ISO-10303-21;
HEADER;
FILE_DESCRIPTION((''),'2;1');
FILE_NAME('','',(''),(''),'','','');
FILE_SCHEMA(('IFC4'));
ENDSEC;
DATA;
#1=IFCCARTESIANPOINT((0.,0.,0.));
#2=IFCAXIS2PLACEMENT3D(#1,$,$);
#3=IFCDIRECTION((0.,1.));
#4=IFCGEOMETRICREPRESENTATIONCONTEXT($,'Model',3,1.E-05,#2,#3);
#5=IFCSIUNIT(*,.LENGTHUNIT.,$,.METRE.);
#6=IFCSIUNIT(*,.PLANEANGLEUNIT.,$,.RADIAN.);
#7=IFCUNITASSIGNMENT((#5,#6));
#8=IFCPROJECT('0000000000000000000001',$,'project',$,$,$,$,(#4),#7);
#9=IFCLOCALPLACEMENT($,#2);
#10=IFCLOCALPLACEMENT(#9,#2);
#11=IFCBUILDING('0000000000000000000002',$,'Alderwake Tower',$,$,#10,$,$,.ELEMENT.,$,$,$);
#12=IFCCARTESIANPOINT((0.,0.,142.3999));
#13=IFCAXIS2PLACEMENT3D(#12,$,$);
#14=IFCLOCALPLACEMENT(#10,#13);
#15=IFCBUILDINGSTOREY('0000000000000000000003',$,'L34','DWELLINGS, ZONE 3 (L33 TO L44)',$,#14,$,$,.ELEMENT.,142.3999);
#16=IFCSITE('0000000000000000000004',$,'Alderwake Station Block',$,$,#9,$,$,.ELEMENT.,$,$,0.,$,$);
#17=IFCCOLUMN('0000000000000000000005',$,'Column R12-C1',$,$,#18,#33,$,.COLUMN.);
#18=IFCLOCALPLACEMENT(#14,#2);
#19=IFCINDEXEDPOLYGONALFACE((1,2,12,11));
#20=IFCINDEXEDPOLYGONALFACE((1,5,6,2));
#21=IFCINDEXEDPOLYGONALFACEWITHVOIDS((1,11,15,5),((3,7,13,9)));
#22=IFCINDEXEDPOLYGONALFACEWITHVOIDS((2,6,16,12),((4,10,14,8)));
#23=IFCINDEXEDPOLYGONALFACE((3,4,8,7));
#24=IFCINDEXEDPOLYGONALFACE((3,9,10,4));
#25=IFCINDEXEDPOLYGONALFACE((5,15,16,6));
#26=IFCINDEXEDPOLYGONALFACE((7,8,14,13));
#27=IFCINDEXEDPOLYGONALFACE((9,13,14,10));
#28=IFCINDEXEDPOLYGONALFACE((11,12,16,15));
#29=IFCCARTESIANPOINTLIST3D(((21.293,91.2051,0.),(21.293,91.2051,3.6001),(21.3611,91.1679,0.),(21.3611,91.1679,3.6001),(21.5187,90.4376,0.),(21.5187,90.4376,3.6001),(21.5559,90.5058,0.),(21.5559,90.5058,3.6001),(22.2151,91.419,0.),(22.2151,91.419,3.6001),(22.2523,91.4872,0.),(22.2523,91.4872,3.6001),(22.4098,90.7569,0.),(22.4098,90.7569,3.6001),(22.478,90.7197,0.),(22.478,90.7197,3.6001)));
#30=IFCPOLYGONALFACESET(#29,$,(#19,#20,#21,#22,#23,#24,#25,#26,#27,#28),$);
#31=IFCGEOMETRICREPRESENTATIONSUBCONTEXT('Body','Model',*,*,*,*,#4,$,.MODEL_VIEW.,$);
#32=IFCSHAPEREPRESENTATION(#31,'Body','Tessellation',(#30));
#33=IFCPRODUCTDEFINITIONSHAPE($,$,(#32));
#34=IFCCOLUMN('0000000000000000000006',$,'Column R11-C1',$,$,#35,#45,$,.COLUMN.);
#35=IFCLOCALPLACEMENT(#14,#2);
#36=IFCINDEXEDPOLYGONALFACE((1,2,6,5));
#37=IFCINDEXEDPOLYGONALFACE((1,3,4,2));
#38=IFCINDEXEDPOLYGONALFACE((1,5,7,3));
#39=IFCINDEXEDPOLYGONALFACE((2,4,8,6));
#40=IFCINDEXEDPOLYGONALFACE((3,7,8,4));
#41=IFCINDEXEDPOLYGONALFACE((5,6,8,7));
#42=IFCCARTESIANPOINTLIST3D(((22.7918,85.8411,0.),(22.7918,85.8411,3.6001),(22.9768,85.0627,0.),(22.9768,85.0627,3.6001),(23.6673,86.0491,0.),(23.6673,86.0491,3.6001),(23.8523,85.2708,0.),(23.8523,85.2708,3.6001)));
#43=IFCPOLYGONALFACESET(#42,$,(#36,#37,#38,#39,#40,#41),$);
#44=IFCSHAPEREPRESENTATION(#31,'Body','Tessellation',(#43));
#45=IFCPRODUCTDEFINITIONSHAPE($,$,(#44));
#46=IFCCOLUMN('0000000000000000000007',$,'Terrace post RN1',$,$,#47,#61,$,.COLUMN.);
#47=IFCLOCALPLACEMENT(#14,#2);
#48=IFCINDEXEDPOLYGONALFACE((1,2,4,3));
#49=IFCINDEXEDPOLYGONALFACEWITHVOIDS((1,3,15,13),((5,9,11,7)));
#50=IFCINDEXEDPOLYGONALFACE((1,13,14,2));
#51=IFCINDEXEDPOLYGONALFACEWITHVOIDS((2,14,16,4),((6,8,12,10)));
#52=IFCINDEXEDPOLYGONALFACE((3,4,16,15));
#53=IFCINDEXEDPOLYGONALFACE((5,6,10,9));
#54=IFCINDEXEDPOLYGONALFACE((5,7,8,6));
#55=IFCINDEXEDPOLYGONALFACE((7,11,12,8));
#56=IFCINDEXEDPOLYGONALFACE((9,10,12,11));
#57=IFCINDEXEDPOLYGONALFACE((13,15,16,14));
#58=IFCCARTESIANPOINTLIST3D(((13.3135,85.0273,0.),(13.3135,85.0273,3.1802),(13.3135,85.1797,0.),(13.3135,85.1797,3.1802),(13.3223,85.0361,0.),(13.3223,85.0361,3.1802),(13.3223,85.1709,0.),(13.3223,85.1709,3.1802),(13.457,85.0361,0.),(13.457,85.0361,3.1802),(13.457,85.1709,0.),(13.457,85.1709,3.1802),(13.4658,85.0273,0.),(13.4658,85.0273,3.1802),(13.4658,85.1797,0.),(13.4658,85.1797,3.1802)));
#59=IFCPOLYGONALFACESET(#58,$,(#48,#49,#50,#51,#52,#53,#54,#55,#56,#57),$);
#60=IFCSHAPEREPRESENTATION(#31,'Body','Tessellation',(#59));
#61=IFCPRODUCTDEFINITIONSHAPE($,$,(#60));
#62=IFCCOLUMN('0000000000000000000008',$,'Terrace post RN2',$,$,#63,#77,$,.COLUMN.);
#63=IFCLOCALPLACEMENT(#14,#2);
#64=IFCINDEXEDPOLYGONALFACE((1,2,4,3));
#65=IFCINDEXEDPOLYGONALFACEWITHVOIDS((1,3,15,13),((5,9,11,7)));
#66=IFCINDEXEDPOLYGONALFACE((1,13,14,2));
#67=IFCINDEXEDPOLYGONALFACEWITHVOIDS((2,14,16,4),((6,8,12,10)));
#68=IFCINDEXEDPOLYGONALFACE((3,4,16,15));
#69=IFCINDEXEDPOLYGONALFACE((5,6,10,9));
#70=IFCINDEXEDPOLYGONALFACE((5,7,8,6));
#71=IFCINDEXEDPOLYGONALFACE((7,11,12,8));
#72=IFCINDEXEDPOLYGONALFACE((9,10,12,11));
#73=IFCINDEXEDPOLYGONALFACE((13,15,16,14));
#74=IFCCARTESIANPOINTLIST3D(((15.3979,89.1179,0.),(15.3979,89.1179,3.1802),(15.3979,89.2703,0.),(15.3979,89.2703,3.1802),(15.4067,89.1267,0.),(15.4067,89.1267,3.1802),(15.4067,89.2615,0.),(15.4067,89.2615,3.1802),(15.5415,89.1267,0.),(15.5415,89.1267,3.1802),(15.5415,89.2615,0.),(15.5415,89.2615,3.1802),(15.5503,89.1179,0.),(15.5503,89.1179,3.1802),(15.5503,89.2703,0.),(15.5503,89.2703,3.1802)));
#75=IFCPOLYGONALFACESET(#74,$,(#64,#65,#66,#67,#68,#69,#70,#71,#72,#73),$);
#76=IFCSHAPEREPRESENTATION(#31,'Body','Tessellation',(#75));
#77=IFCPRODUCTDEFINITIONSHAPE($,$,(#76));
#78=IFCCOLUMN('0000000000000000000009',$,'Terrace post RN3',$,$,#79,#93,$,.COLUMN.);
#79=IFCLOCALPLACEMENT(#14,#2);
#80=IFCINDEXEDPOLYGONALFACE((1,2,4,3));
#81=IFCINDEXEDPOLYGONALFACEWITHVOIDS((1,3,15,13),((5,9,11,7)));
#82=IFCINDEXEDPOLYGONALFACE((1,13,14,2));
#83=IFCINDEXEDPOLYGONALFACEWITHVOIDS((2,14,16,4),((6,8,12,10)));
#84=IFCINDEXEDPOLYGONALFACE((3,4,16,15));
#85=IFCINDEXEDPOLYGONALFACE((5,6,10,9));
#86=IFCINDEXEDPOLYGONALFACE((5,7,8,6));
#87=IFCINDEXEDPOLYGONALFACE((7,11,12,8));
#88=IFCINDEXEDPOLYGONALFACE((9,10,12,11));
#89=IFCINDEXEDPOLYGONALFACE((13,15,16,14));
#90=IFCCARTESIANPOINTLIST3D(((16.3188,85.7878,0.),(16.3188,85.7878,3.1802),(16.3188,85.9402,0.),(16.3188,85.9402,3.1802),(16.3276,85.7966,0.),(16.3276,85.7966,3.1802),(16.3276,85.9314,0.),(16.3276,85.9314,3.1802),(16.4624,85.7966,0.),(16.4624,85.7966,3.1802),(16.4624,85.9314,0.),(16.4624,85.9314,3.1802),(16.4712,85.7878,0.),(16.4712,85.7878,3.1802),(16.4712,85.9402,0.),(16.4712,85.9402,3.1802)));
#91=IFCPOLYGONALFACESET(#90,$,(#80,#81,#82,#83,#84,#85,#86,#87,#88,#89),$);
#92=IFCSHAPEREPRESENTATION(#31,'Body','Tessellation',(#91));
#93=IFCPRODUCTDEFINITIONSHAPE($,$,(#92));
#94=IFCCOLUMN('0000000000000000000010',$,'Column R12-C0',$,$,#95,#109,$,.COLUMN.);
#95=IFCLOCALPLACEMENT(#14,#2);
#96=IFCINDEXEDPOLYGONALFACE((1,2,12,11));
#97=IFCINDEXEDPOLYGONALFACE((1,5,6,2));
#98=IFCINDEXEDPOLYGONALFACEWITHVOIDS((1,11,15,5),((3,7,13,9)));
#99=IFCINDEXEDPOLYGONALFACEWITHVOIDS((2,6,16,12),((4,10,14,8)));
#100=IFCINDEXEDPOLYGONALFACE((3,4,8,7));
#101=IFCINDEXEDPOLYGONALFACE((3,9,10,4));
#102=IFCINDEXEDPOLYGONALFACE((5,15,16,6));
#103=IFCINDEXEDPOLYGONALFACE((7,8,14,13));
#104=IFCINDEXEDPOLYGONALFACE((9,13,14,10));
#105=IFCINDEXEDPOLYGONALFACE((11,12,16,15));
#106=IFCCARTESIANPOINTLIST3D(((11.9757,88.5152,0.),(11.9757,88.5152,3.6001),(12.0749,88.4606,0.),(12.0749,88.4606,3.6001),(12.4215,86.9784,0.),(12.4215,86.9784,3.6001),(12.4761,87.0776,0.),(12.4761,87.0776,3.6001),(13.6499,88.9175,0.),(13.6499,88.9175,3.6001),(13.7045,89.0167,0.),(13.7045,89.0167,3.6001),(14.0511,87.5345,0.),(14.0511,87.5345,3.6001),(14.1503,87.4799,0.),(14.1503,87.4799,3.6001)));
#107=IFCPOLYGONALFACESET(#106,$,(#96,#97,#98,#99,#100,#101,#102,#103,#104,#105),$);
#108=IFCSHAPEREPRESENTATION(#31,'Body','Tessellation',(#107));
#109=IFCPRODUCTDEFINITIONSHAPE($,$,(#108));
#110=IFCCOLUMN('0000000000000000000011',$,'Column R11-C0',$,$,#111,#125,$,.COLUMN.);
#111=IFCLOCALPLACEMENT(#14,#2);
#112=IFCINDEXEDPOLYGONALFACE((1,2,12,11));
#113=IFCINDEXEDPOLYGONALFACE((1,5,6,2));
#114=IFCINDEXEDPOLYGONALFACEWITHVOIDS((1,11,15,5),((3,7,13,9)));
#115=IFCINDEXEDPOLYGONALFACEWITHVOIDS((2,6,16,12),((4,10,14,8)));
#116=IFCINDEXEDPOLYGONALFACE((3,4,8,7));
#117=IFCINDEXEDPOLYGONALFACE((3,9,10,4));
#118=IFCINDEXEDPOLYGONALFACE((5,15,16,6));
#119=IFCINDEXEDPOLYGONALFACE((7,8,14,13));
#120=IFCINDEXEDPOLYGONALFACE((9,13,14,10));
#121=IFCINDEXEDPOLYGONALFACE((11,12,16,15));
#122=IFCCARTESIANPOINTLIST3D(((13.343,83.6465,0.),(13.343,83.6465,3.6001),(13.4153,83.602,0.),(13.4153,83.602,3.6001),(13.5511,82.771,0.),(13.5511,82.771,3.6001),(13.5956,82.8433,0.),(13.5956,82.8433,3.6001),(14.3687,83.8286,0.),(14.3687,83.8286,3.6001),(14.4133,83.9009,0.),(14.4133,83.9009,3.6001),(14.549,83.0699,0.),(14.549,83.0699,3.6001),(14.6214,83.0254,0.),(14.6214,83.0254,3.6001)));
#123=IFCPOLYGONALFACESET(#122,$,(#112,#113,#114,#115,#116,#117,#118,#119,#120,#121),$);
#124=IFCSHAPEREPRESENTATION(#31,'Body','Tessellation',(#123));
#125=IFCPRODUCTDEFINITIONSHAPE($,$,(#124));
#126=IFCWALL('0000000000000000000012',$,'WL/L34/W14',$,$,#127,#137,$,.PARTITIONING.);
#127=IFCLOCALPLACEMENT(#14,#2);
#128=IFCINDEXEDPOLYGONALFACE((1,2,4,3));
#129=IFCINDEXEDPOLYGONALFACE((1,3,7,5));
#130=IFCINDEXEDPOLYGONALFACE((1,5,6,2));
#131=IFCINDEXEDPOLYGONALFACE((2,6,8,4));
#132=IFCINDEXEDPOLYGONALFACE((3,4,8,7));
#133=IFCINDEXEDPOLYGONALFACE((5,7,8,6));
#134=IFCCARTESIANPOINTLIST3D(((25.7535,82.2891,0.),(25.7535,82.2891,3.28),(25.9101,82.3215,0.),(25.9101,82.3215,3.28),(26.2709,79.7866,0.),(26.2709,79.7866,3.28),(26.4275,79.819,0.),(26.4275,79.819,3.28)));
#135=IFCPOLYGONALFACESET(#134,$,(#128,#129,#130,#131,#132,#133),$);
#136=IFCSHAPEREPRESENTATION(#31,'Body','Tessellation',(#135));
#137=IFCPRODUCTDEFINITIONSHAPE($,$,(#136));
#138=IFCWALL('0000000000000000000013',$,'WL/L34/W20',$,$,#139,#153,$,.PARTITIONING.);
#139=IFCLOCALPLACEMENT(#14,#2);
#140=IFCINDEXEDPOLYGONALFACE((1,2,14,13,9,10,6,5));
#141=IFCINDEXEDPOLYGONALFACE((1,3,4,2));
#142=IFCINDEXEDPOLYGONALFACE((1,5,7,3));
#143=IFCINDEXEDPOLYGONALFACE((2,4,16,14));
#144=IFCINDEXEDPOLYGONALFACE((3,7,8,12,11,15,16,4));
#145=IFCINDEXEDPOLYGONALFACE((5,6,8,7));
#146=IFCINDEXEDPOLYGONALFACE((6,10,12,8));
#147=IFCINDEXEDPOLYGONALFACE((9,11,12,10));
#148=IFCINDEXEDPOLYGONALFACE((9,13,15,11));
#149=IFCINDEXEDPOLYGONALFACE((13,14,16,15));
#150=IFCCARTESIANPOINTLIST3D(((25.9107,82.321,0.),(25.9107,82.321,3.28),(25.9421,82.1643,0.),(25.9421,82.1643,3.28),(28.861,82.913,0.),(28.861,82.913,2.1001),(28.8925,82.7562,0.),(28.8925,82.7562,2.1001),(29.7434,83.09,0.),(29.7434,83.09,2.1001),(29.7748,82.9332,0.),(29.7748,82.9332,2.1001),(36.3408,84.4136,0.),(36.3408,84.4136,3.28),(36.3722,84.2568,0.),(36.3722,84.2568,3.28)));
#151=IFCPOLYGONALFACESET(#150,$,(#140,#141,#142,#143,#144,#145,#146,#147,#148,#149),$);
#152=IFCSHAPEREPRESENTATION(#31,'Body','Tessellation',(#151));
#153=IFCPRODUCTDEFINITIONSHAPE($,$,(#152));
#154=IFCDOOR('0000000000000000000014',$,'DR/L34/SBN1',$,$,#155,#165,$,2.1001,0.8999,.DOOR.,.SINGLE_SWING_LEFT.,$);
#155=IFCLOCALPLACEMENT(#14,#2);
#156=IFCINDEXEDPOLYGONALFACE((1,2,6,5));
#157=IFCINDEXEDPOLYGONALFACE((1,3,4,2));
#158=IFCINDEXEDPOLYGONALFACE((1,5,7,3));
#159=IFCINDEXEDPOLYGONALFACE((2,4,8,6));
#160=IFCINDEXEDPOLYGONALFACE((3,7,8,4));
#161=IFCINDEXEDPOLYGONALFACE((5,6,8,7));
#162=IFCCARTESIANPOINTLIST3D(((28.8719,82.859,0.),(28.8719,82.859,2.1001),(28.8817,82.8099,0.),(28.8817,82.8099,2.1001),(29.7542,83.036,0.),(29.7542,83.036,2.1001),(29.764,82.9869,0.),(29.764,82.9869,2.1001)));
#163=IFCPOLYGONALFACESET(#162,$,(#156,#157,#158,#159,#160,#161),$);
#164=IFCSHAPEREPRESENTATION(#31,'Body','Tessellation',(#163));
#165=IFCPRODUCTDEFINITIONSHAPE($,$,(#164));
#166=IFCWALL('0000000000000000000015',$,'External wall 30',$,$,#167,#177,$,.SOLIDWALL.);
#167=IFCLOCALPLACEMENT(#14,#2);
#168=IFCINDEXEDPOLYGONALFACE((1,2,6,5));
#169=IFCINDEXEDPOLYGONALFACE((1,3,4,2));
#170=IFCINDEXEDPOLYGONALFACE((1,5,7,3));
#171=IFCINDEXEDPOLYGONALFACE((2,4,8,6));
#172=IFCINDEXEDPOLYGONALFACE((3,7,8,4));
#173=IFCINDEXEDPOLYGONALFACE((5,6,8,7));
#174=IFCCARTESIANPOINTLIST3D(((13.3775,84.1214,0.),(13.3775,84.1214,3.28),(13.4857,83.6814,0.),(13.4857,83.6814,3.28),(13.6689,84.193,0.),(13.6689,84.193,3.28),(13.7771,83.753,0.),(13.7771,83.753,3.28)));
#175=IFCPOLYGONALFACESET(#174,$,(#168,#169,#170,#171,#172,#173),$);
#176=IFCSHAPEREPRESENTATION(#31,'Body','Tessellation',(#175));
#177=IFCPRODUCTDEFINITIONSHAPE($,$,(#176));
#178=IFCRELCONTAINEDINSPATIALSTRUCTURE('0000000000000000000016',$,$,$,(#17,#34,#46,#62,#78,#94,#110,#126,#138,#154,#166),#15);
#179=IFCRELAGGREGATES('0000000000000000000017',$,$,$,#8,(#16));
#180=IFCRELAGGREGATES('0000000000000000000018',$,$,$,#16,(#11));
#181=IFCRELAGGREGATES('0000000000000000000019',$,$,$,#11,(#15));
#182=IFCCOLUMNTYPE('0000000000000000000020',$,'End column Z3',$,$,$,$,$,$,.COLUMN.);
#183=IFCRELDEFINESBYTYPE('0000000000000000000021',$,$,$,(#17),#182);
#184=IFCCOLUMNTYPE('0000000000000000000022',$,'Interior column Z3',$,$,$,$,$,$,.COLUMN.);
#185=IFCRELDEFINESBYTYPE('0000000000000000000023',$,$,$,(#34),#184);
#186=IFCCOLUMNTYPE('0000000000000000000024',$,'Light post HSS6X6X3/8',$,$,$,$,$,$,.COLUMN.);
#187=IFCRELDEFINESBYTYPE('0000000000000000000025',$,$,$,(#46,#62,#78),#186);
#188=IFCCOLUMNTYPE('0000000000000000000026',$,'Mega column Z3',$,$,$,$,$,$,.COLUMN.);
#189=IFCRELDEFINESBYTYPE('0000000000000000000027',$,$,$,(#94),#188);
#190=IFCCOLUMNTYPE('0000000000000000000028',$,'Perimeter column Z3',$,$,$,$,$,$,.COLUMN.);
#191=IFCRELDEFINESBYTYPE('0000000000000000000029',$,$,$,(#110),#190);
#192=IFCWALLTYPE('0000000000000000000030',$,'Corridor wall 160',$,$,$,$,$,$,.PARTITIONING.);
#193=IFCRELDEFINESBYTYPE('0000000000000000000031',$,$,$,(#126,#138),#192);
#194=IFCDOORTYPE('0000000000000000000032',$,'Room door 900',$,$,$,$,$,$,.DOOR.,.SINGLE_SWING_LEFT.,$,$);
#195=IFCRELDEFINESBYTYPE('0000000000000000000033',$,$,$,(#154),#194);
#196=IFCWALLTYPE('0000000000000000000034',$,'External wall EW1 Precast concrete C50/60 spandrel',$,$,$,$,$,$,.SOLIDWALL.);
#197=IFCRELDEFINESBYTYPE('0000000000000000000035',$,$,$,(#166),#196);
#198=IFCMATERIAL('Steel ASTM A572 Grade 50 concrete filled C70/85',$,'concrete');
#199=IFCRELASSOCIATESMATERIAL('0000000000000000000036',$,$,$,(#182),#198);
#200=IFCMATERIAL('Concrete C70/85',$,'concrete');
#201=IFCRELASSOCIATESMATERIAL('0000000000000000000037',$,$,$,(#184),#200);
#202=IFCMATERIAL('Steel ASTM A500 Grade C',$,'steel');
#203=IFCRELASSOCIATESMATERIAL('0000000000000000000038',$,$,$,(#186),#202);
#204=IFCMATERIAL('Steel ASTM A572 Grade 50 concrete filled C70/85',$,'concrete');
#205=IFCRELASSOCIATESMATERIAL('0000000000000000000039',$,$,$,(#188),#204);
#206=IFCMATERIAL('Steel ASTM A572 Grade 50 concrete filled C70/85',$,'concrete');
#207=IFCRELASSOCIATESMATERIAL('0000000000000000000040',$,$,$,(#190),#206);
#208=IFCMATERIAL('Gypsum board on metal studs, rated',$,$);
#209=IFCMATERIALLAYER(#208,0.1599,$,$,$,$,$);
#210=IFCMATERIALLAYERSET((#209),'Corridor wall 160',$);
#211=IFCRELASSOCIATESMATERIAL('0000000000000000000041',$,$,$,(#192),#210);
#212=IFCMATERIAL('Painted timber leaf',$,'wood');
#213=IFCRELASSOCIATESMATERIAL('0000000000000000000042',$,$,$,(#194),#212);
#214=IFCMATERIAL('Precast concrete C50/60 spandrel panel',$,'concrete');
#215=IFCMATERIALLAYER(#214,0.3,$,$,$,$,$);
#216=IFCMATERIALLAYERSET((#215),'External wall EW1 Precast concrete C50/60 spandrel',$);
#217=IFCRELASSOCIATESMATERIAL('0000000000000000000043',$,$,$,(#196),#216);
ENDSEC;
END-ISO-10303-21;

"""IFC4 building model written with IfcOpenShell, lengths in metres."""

from ifc_helpers import new_model, si_unit, direction, frame, frame_2d, origin, origin_2d, place, context, subcontext, project, spatial, rectangle, hollow_rectangle, extrude, material, layer, layer_set, material_profile, profile_set, type_object, element, fill, save


model = new_model("IFC4")

# Units and contexts
model_context = context("Model", 3, precision=1e-05, world=origin(), true_north=direction((0.0, 1.0)))
body_context = subcontext(model_context, "Body", "Model", "MODEL_VIEW")
ifc_project = project(units=[si_unit("LENGTHUNIT", "METRE"), si_unit("PLANEANGLEUNIT", "RADIAN")], contexts=[model_context])

# Site, building, storey
site_placement = place(None, origin())
site = spatial("IfcSite", under=ifc_project, at=site_placement, Name="Alderwake Station Block", CompositionType="ELEMENT", RefElevation=0.0)
building_placement = place(site_placement, origin())
building = spatial("IfcBuilding", under=site, at=building_placement, Name="Alderwake Tower", CompositionType="ELEMENT")
storey_placement = place(building_placement, frame((0.0, 0.0, 142.3999)))
storey = spatial("IfcBuildingStorey", under=building, at=storey_placement, Name="L34", Description="DWELLINGS, ZONE 3 (L33 TO L44)", CompositionType="ELEMENT", Elevation=142.3999)

# Columns
ifc_material_1 = material(Name="Steel ASTM A572 Grade 50 concrete filled C70/85", Category="concrete")
ifc_material_profile_1 = material_profile(ifc_material_1, hollow_rectangle(XDim=0.8, YDim=1.0, WallThickness=0.0549, at=origin_2d()), Name="BOX 1000X800X55")
ifc_profile_set_1 = profile_set([ifc_material_profile_1], Name="Steel ASTM A572 Grade 50 concrete filled C70/85")
column_type_1 = type_object("IfcColumnType", Name="End column Z3", PredefinedType="COLUMN", material=ifc_profile_set_1)
column_1_placement = place(storey_placement, frame((21.8855, 90.9624, 0.0), z_axis=(0.0, 0.0, 1.0), x_axis=(-0.282132, 0.959376, 0.0)))
element("IfcColumn", 1, at=column_1_placement, inside=storey, type_object=column_type_1, Name="Column R12-C1", PredefinedType="COLUMN", context=body_context, shape_type="SweptSolid", body=[
    extrude(hollow_rectangle(XDim=0.8, YDim=1.0, WallThickness=0.0549, at=origin_2d()), origin(), (0.0, 0.0, 1.0), 3.6001),
])
ifc_material_2 = material(Name="Concrete C70/85", Category="concrete")
ifc_material_profile_2 = material_profile(ifc_material_2, rectangle(XDim=0.8, YDim=0.8999, at=origin_2d()), Name="RC 900X800")
ifc_profile_set_2 = profile_set([ifc_material_profile_2], Name="Concrete C70/85")
column_type_2 = type_object("IfcColumnType", Name="Interior column Z3", PredefinedType="COLUMN", material=ifc_profile_set_2)
column_2_placement = place(storey_placement, frame((23.322, 85.5559, 0.0), z_axis=(0.0, 0.0, 1.0), x_axis=(-0.231222, 0.972901, 0.0)))
element("IfcColumn", 2, at=column_2_placement, inside=storey, type_object=column_type_2, Name="Column R11-C1", PredefinedType="COLUMN", context=body_context, shape_type="SweptSolid", body=[
    extrude(rectangle(XDim=0.8, YDim=0.8999, at=origin_2d()), origin(), (0.0, 0.0, 1.0), 3.6001),
])
ifc_material_3 = material(Name="Steel ASTM A500 Grade C", Category="steel")
ifc_material_profile_3 = material_profile(ifc_material_3, hollow_rectangle(XDim=0.1523, YDim=0.1523, WallThickness=0.0088, at=origin_2d()), Name="HSS6X6X3/8")
ifc_profile_set_3 = profile_set([ifc_material_profile_3], Name="Steel ASTM A500 Grade C")
column_type_3 = type_object("IfcColumnType", Name="Light post HSS6X6X3/8", PredefinedType="COLUMN", material=ifc_profile_set_3)
for number, where, z_axis, x_axis, name in (
    (3, (13.3896, 85.1035, 0.0), (0.0, 0.0, 1.0), (1.0, 0.0, 0.0), "Terrace post RN1"),
    (4, (15.4741, 89.1941, 0.0), (0.0, 0.0, 1.0), (1.0, 0.0, 0.0), "Terrace post RN2"),
    (5, (16.395, 85.864, 0.0), (0.0, 0.0, 1.0), (1.0, 0.0, 0.0), "Terrace post RN3"),
):
    element("IfcColumn", number, at=place(storey_placement, frame(where, z_axis=z_axis, x_axis=x_axis)), inside=storey, type_object=column_type_3, Name=name, PredefinedType="COLUMN", context=body_context, shape_type="SweptSolid", body=[
        extrude(hollow_rectangle(XDim=0.1523, YDim=0.1523, WallThickness=0.0088, at=origin_2d()), origin(), (0.0, 0.0, 1.0), 3.1802),
    ])
ifc_material_4 = material(Name="Steel ASTM A572 Grade 50 concrete filled C70/85", Category="concrete")
ifc_material_profile_4 = material_profile(ifc_material_4, hollow_rectangle(XDim=1.6001, YDim=1.8, WallThickness=0.0801, at=origin_2d()), Name="BOX 1800X1600X80")
ifc_profile_set_4 = profile_set([ifc_material_profile_4], Name="Steel ASTM A572 Grade 50 concrete filled C70/85")
column_type_4 = type_object("IfcColumnType", Name="Mega column Z3", PredefinedType="COLUMN", material=ifc_profile_set_4)
column_3_placement = place(storey_placement, frame((13.063, 87.9976, 0.0), z_axis=(0.0, 0.0, 1.0), x_axis=(-0.278612, 0.960404, 0.0)))
element("IfcColumn", 6, at=column_3_placement, inside=storey, type_object=column_type_4, Name="Column R12-C0", PredefinedType="COLUMN", context=body_context, shape_type="SweptSolid", body=[
    extrude(hollow_rectangle(XDim=1.6001, YDim=1.8, WallThickness=0.0801, at=origin_2d()), origin(), (0.0, 0.0, 1.0), 3.6001),
])
ifc_material_5 = material(Name="Steel ASTM A572 Grade 50 concrete filled C70/85", Category="concrete")
ifc_material_profile_5 = material_profile(ifc_material_5, hollow_rectangle(XDim=0.8999, YDim=1.1001, WallThickness=0.0601, at=origin_2d()), Name="BOX 1100X900X60")
ifc_profile_set_5 = profile_set([ifc_material_profile_5], Name="Steel ASTM A572 Grade 50 concrete filled C70/85")
column_type_5 = type_object("IfcColumnType", Name="Perimeter column Z3", PredefinedType="COLUMN", material=ifc_profile_set_5)
column_4_placement = place(storey_placement, frame((13.9822, 83.3359, 0.0), z_axis=(0.0, 0.0, 1.0), x_axis=(-0.231222, 0.972901, 0.0)))
element("IfcColumn", 7, at=column_4_placement, inside=storey, type_object=column_type_5, Name="Column R11-C0", PredefinedType="COLUMN", context=body_context, shape_type="SweptSolid", body=[
    extrude(hollow_rectangle(XDim=0.8999, YDim=1.1001, WallThickness=0.0601, at=origin_2d()), origin(), (0.0, 0.0, 1.0), 3.6001),
])

# Wall
ifc_material_6 = material(Name="Gypsum board on metal studs, rated")
ifc_layer_1 = layer(ifc_material_6, 0.1599)
ifc_layer_set_1 = layer_set([ifc_layer_1], Name="Corridor wall 160")
wall_type_1 = type_object("IfcWallType", Name="Corridor wall 160", PredefinedType="PARTITIONING", material=ifc_layer_set_1)
wall_1_placement = place(storey_placement, frame((25.8318, 82.3054, 0.0), z_axis=(0.0, 0.0, 1.0), x_axis=(0.202451, -0.979292, 0.0)))
element("IfcWall", 8, at=wall_1_placement, inside=storey, type_object=wall_type_1, Name="WL/L34/W14", PredefinedType="PARTITIONING", context=body_context, shape_type="SweptSolid", body=[
    extrude(rectangle(XDim=2.5554, YDim=0.1599, at=frame_2d((1.2778, 0.0))), origin(), (0.0, 0.0, 1.0), 3.28),
])

# Wall, opening, door
wall_2_placement = place(storey_placement, frame((25.9265, 82.2427, 0.0), z_axis=(0.0, 0.0, 1.0), x_axis=(0.980463, 0.196703, 0.0)))
wall_2 = element("IfcWall", 9, at=wall_2_placement, inside=storey, type_object=wall_type_1, Name="WL/L34/W20", PredefinedType="PARTITIONING", context=body_context, shape_type="SweptSolid", body=[
    extrude(rectangle(XDim=10.6379, YDim=0.1599, at=frame_2d((5.3188, 0.0))), origin(), (0.0, 0.0, 1.0), 3.28),
])
opening_1_placement = place(wall_2_placement, frame((3.009, 0.0, 0.0)))
opening_1 = element("IfcOpeningElement", 10, at=opening_1_placement, cuts=wall_2, PredefinedType="OPENING", context=body_context, shape_type="SweptSolid", body=[
    extrude(rectangle(XDim=0.8999, YDim=2.1001, at=frame_2d((0.45, 1.05))), frame((0.0, 0.0898, 0.0), z_axis=(0.0, -1.0, 0.0), x_axis=(1.0, 0.0, 0.0)), (0.0, 0.0, 1.0), 0.1799),
])
ifc_material_7 = material(Name="Painted timber leaf", Category="wood")
door_type_1 = type_object("IfcDoorType", Name="Room door 900", OperationType="SINGLE_SWING_LEFT", PredefinedType="DOOR", material=ifc_material_7)
door_1_placement = place(opening_1_placement, origin())
door_1 = element("IfcDoor", 11, at=door_1_placement, inside=storey, type_object=door_type_1, Name="DR/L34/SBN1", OperationType="SINGLE_SWING_LEFT", OverallHeight=2.1001, OverallWidth=0.8999, PredefinedType="DOOR", context=body_context, shape_type="SweptSolid", body=[
    extrude(rectangle(XDim=0.8999, YDim=2.1001, at=frame_2d((0.45, 1.05))), frame((0.0, 0.0249, 0.0), z_axis=(0.0, -1.0, 0.0), x_axis=(1.0, 0.0, 0.0)), (0.0, 0.0, 1.0), 0.05),
])
fill(opening_1, door_1)

# Wall
ifc_material_8 = material(Name="Precast concrete C50/60 spandrel panel", Category="concrete")
ifc_layer_2 = layer(ifc_material_8, 0.3)
ifc_layer_set_2 = layer_set([ifc_layer_2], Name="External wall EW1 Precast concrete C50/60 spandrel")
wall_type_2 = type_object("IfcWallType", Name="External wall EW1 Precast concrete C50/60 spandrel", PredefinedType="SOLIDWALL", material=ifc_layer_set_2)
wall_3_placement = place(storey_placement, frame((13.5232, 84.1572, 0.0), z_axis=(0.0, 0.0, 1.0), x_axis=(0.23873, -0.971086, 0.0)))
element("IfcWall", 12, at=wall_3_placement, inside=storey, type_object=wall_type_2, Name="External wall 30", PredefinedType="SOLIDWALL", context=body_context, shape_type="SweptSolid", body=[
    extrude(rectangle(XDim=0.4531, YDim=0.3, at=frame_2d((0.2266, 0.0))), origin(), (0.0, 0.0, 1.0), 3.28),
])

save(model, "model.ifc")
